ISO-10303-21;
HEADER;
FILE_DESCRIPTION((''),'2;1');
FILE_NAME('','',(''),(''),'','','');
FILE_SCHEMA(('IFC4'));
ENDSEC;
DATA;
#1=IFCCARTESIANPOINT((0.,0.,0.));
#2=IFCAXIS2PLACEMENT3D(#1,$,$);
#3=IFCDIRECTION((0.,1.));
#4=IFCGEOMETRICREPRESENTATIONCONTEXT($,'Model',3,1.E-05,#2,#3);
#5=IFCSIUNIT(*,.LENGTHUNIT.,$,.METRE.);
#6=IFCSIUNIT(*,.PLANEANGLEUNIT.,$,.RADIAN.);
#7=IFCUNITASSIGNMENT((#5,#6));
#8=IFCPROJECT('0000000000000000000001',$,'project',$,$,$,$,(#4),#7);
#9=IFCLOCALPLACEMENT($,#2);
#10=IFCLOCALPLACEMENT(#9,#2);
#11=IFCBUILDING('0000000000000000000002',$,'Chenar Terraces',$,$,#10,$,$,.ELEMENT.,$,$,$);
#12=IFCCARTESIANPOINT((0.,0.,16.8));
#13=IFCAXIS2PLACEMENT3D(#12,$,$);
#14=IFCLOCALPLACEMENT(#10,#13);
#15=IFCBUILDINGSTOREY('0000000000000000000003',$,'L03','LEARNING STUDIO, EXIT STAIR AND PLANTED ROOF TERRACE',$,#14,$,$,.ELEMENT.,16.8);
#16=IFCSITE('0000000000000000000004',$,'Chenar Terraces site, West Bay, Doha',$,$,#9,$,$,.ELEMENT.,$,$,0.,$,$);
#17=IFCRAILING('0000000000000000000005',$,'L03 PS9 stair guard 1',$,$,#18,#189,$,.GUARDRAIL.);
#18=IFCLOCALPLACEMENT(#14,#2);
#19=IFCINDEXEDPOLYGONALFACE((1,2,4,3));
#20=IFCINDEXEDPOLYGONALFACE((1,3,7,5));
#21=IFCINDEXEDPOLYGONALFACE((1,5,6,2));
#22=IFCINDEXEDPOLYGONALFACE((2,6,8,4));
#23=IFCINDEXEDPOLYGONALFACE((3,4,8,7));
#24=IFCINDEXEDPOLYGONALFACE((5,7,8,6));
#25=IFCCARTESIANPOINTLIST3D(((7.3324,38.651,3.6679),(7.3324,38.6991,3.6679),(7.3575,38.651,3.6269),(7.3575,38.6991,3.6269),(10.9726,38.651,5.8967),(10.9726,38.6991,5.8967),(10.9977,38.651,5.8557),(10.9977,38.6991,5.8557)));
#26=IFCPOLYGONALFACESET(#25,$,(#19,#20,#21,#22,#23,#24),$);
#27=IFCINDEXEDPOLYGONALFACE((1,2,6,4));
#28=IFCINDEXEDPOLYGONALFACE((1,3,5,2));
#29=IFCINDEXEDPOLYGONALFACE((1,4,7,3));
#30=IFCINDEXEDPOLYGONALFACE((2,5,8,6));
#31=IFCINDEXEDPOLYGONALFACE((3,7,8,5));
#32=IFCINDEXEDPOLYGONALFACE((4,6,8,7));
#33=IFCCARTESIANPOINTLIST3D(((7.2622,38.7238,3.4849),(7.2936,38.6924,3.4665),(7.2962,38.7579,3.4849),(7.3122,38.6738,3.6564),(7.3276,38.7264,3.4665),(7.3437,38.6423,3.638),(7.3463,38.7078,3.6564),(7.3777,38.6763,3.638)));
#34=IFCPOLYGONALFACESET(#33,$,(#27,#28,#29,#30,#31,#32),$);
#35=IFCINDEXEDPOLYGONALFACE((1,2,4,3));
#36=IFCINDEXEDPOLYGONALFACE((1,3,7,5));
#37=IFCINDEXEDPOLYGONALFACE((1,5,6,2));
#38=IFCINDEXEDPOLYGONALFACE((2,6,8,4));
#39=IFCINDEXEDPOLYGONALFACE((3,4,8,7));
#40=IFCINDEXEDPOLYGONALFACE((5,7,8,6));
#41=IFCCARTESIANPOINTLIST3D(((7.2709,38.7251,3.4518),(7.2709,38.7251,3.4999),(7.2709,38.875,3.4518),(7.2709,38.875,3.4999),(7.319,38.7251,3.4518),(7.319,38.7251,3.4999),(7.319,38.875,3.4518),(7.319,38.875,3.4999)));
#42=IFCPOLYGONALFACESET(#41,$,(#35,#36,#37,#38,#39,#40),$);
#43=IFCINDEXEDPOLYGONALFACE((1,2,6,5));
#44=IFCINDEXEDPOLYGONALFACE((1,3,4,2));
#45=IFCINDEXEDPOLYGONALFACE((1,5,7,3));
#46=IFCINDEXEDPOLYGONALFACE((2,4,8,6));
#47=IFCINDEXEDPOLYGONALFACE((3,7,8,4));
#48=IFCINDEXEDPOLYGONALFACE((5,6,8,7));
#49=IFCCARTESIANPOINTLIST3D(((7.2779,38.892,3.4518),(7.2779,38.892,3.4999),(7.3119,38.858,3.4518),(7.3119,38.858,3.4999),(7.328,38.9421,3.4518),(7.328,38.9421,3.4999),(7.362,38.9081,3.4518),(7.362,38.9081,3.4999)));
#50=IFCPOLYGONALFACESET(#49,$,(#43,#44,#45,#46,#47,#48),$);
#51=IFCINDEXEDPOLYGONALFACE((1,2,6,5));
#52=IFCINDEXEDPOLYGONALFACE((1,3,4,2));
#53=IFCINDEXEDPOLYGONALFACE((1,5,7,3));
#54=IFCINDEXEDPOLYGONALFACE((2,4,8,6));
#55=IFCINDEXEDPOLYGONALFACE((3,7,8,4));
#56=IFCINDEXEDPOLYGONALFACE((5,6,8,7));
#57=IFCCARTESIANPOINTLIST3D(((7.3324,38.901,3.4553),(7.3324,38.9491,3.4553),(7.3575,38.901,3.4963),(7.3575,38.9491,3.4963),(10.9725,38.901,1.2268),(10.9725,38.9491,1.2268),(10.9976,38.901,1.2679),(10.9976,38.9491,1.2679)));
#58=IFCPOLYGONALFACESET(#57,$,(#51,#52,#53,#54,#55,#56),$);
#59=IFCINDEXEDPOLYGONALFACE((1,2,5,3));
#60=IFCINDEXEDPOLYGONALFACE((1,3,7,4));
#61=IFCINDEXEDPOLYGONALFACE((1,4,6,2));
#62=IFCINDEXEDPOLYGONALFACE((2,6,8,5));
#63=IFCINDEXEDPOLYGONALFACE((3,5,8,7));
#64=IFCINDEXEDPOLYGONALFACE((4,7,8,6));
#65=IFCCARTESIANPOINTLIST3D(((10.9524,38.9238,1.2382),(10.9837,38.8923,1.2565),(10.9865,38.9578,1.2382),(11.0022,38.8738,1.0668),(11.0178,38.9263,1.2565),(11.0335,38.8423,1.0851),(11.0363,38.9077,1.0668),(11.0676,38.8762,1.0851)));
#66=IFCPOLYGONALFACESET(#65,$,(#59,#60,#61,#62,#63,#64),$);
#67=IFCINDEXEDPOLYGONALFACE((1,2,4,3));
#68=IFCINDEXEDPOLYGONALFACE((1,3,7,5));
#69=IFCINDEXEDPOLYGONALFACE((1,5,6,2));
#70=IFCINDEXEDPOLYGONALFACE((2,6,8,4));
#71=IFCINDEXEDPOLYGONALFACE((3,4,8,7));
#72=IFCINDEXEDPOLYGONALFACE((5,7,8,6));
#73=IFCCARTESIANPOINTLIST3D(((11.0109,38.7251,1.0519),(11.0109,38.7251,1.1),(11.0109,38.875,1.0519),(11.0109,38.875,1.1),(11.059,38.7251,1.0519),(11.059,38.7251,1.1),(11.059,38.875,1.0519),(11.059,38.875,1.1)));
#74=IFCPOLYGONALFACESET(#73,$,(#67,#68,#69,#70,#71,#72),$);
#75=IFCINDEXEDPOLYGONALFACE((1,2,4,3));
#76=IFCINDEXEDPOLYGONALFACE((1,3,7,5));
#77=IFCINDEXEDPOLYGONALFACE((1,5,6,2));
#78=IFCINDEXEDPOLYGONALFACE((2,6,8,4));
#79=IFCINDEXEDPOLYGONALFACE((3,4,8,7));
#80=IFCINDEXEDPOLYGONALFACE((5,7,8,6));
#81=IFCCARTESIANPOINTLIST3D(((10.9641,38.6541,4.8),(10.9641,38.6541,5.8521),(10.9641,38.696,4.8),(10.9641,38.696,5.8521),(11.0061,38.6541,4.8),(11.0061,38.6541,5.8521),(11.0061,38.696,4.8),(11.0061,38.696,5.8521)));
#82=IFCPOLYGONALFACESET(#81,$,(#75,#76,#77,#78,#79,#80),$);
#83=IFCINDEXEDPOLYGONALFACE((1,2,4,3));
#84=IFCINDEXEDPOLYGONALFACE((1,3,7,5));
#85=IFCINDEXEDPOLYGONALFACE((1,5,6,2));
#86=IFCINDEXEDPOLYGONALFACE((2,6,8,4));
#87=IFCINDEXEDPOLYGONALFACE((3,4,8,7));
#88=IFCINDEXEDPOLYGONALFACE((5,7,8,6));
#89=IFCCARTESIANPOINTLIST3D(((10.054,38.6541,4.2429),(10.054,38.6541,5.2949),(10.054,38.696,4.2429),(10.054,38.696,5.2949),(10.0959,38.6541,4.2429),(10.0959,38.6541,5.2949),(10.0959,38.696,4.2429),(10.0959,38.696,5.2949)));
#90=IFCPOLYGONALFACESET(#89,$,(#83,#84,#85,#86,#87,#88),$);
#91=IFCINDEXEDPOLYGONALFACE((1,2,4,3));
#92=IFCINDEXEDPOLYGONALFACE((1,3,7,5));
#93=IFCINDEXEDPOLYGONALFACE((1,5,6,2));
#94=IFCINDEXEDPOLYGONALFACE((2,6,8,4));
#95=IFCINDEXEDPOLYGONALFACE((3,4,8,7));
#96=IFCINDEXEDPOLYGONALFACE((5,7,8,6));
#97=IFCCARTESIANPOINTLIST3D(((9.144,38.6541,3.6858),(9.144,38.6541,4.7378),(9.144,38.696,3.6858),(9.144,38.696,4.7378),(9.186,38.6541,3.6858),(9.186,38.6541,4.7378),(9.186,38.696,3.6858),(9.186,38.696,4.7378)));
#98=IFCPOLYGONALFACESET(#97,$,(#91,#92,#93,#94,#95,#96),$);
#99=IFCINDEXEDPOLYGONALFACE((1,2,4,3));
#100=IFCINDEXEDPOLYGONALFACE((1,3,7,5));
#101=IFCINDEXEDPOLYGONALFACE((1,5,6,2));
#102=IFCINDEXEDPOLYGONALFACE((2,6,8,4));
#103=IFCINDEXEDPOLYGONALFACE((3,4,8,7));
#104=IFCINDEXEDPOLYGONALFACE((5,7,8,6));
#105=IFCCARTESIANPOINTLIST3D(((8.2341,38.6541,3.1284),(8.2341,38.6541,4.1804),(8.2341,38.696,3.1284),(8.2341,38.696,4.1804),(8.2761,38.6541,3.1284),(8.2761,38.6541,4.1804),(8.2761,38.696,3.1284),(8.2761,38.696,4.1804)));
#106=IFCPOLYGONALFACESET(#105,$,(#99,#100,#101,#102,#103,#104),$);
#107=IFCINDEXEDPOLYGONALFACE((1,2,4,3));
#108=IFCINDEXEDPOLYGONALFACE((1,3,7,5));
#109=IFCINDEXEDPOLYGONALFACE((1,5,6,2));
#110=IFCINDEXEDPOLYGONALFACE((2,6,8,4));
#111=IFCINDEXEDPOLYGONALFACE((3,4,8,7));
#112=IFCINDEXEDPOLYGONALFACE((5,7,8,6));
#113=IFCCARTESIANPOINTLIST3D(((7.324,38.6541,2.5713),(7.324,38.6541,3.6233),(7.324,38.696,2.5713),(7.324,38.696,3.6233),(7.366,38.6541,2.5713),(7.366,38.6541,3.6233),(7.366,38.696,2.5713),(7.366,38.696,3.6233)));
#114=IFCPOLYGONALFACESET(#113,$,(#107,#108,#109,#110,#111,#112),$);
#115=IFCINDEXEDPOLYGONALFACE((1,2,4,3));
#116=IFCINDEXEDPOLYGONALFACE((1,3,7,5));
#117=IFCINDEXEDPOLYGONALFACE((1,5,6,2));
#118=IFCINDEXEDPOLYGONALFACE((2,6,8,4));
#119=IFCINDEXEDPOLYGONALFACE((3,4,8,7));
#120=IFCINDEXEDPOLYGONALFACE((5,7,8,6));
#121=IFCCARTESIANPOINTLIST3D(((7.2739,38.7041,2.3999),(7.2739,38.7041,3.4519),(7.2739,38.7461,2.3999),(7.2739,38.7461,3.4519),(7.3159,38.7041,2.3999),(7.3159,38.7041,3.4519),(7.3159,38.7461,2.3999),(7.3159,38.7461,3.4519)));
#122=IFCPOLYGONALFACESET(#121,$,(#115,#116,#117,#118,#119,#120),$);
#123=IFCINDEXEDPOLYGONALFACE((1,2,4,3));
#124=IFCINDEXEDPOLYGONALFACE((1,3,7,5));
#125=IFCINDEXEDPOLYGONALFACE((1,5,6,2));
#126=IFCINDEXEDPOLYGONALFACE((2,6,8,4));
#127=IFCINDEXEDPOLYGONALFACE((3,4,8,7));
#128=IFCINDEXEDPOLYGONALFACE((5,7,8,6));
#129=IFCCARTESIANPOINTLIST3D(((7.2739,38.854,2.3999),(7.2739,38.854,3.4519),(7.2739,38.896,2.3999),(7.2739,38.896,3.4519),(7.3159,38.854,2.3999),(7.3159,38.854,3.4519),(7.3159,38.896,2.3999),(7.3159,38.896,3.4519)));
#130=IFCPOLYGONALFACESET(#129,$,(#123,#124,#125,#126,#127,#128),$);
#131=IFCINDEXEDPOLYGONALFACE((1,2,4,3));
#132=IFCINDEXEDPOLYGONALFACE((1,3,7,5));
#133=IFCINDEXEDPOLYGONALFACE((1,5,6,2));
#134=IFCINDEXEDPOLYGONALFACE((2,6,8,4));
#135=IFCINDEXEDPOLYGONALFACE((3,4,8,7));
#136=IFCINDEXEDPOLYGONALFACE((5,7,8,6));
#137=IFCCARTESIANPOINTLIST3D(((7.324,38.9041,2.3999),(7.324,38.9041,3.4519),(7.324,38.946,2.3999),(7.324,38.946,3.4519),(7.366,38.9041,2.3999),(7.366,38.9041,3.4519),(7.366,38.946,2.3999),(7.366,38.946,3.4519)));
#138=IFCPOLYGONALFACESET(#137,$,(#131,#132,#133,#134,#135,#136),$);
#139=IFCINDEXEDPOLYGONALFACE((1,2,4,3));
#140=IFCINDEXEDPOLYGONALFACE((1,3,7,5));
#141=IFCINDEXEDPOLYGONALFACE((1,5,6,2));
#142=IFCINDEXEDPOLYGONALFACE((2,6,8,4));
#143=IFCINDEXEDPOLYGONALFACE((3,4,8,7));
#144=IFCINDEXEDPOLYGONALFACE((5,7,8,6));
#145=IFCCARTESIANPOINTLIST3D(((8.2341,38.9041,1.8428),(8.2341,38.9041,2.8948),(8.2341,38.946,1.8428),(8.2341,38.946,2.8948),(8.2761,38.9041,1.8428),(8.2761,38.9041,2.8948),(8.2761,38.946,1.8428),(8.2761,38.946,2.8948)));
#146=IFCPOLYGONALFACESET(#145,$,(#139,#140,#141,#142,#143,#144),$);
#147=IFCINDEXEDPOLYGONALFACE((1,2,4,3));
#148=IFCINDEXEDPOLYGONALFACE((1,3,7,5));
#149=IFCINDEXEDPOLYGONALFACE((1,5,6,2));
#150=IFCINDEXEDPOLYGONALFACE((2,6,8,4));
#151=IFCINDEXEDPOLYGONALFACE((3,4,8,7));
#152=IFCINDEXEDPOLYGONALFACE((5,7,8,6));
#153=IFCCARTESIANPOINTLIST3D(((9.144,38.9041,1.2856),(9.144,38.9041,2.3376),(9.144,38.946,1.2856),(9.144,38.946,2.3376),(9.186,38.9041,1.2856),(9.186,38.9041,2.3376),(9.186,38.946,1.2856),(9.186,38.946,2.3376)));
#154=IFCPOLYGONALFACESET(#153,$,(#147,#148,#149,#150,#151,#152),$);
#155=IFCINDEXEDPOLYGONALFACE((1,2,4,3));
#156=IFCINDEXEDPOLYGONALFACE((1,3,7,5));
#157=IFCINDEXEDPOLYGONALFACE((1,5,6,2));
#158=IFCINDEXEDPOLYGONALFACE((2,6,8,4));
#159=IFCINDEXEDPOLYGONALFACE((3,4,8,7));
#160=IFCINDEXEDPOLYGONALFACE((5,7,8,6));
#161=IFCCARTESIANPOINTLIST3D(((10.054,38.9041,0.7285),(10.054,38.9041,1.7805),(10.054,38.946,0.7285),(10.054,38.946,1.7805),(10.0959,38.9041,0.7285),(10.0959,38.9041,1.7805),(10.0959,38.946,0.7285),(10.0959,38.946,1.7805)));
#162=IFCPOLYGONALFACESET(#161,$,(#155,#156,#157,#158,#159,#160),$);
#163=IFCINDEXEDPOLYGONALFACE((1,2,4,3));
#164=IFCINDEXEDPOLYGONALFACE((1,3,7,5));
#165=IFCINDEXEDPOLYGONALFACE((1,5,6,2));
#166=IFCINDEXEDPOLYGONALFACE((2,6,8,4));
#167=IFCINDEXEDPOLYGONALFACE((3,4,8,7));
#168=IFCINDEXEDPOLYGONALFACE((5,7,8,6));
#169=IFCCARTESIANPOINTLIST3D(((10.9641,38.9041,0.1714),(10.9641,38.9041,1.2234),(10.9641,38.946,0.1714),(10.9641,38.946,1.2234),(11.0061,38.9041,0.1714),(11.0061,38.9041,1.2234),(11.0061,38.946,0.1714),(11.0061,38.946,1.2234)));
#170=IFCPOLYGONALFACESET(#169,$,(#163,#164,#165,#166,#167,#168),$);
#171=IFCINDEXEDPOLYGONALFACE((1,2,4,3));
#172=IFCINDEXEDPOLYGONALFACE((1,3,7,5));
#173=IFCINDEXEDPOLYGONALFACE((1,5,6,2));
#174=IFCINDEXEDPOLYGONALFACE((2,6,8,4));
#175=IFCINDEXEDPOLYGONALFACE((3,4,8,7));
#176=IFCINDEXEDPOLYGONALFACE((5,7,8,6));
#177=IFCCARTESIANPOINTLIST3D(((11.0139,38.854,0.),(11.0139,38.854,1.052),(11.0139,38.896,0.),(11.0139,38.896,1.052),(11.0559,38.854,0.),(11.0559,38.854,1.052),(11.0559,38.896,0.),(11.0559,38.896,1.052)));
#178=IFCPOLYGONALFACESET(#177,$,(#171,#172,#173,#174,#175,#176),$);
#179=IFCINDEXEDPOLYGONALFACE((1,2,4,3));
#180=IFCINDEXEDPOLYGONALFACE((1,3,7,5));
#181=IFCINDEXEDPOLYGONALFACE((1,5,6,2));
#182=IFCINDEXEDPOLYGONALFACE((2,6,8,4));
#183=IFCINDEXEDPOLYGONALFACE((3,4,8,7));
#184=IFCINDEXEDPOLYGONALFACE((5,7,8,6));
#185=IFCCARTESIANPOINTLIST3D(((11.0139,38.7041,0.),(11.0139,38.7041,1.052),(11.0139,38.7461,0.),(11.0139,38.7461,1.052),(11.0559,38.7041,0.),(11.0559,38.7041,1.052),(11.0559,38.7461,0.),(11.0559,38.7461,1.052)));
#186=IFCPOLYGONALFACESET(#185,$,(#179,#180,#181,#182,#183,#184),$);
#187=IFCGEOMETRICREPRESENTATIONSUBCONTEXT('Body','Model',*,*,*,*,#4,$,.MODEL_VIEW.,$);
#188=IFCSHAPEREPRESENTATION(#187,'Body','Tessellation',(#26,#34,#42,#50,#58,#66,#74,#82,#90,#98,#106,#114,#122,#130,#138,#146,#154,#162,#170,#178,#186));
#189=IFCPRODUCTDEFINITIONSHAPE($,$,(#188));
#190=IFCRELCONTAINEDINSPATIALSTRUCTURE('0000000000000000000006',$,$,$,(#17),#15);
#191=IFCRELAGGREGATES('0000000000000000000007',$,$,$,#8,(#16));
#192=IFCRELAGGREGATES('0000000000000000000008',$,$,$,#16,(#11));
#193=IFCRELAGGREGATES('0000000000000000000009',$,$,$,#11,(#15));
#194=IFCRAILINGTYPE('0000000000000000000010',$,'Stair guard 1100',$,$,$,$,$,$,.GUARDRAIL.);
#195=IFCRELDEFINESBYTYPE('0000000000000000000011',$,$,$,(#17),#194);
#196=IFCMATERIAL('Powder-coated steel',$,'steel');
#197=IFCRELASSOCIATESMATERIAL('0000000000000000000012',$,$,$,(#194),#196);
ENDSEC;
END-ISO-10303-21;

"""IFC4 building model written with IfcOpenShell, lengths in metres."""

from ifc_helpers import new_model, si_unit, direction, frame, origin, origin_2d, place, context, subcontext, project, spatial, rectangle, extrude, material, type_object, element, save


model = new_model("IFC4")

# Units and contexts
model_context = context("Model", 3, precision=1e-05, world=origin(), true_north=direction((0.0, 1.0)))
body_context = subcontext(model_context, "Body", "Model", "MODEL_VIEW")
ifc_project = project(units=[si_unit("LENGTHUNIT", "METRE"), si_unit("PLANEANGLEUNIT", "RADIAN")], contexts=[model_context])

# Site, building, storey
site_placement = place(None, origin())
site = spatial("IfcSite", under=ifc_project, at=site_placement, Name="Chenar Terraces site, West Bay, Doha", CompositionType="ELEMENT", RefElevation=0.0)
building_placement = place(site_placement, origin())
building = spatial("IfcBuilding", under=site, at=building_placement, Name="Chenar Terraces", CompositionType="ELEMENT")
storey_placement = place(building_placement, frame((0.0, 0.0, 16.8)))
storey = spatial("IfcBuildingStorey", under=building, at=storey_placement, Name="L03", Description="LEARNING STUDIO, EXIT STAIR AND PLANTED ROOF TERRACE", CompositionType="ELEMENT", Elevation=16.8)

# Railing
ifc_material_1 = material(Name="Powder-coated steel", Category="steel")
railing_type_1 = type_object("IfcRailingType", Name="Stair guard 1100", PredefinedType="GUARDRAIL", material=ifc_material_1)
railing_1_placement = place(storey_placement, frame((10.9851, 38.675, 4.8)))
element("IfcRailing", 1, at=railing_1_placement, inside=storey, type_object=railing_type_1, Name="L03 PS9 stair guard 1", PredefinedType="GUARDRAIL", context=body_context, shape_type="SweptSolid", body=[
    extrude(rectangle(XDim=0.0481, YDim=0.0481, at=origin_2d()), frame((0.0, 0.0, 1.0762), z_axis=(-0.85284, 0.0, -0.522172), x_axis=(0.0, -1.0, 0.0)), (0.0, 0.0, 1.0), 4.2683),
    extrude(rectangle(XDim=0.0481, YDim=0.0481, at=origin_2d()), frame((-3.6401, 0.0, -1.1528), z_axis=(-0.269911, 0.269911, -0.924281), x_axis=(-0.707107, -0.707107, 0.0)), (0.0, 0.0, 1.0), 0.1855),
    extrude(rectangle(XDim=0.0481, YDim=0.0481, at=origin_2d()), frame((-3.6902, 0.05, -1.3242), z_axis=(0.0, 1.0, 0.0), x_axis=(-1.0, 0.0, 0.0)), (0.0, 0.0, 1.0), 0.1499),
    extrude(rectangle(XDim=0.0481, YDim=0.0481, at=origin_2d()), frame((-3.6902, 0.2, -1.3242), z_axis=(0.707107, 0.707107, 0.0), x_axis=(-0.707107, 0.707107, 0.0)), (0.0, 0.0, 1.0), 0.0708),
    extrude(rectangle(XDim=0.0481, YDim=0.0481, at=origin_2d()), frame((-3.6401, 0.25, -1.3242), z_axis=(0.852866, 0.0, -0.52213), x_axis=(0.0, 1.0, 0.0)), (0.0, 0.0, 1.0), 4.2681),
    extrude(rectangle(XDim=0.0481, YDim=0.0481, at=origin_2d()), frame((0.0, 0.25, -3.5527), z_axis=(0.26869, -0.270007, -0.924609), x_axis=(0.708834, 0.705376, 0.0)), (0.0, 0.0, 1.0), 0.1853),
    extrude(rectangle(XDim=0.0481, YDim=0.0481, at=origin_2d()), frame((0.0498, 0.2, -3.7241), z_axis=(0.0, -1.0, 0.0), x_axis=(1.0, 0.0, 0.0)), (0.0, 0.0, 1.0), 0.1499),
    extrude(rectangle(XDim=0.042, YDim=0.042, at=origin_2d()), origin(), (0.0, 0.0, 1.0), 1.052),
    extrude(rectangle(XDim=0.042, YDim=0.042, at=origin_2d()), frame((-0.9102, 0.0, -0.5571)), (0.0, 0.0, 1.0), 1.052),
    extrude(rectangle(XDim=0.042, YDim=0.042, at=origin_2d()), frame((-1.8201, 0.0, -1.1143)), (0.0, 0.0, 1.0), 1.052),
    extrude(rectangle(XDim=0.042, YDim=0.042, at=origin_2d()), frame((-2.73, 0.0, -1.6716)), (0.0, 0.0, 1.0), 1.052),
    extrude(rectangle(XDim=0.042, YDim=0.042, at=origin_2d()), frame((-3.6401, 0.0, -2.2288)), (0.0, 0.0, 1.0), 1.052),
    extrude(rectangle(XDim=0.042, YDim=0.042, at=origin_2d()), frame((-3.6902, 0.05, -2.4001)), (0.0, 0.0, 1.0), 1.052),
    extrude(rectangle(XDim=0.042, YDim=0.042, at=origin_2d()), frame((-3.6902, 0.2, -2.4001)), (0.0, 0.0, 1.0), 1.052),
    extrude(rectangle(XDim=0.042, YDim=0.042, at=origin_2d()), frame((-3.6401, 0.25, -2.4001)), (0.0, 0.0, 1.0), 1.052),
    extrude(rectangle(XDim=0.042, YDim=0.042, at=origin_2d()), frame((-2.73, 0.25, -2.9573)), (0.0, 0.0, 1.0), 1.052),
    extrude(rectangle(XDim=0.042, YDim=0.042, at=origin_2d()), frame((-1.8201, 0.25, -3.5144)), (0.0, 0.0, 1.0), 1.052),
    extrude(rectangle(XDim=0.042, YDim=0.042, at=origin_2d()), frame((-0.9102, 0.25, -4.0715)), (0.0, 0.0, 1.0), 1.052),
    extrude(rectangle(XDim=0.042, YDim=0.042, at=origin_2d()), frame((0.0, 0.25, -4.6287)), (0.0, 0.0, 1.0), 1.052),
    extrude(rectangle(XDim=0.042, YDim=0.042, at=origin_2d()), frame((0.0498, 0.2, -4.8)), (0.0, 0.0, 1.0), 1.052),
    extrude(rectangle(XDim=0.042, YDim=0.042, at=origin_2d()), frame((0.0498, 0.05, -4.8)), (0.0, 0.0, 1.0), 1.052),
])

save(model, "model.ifc")
